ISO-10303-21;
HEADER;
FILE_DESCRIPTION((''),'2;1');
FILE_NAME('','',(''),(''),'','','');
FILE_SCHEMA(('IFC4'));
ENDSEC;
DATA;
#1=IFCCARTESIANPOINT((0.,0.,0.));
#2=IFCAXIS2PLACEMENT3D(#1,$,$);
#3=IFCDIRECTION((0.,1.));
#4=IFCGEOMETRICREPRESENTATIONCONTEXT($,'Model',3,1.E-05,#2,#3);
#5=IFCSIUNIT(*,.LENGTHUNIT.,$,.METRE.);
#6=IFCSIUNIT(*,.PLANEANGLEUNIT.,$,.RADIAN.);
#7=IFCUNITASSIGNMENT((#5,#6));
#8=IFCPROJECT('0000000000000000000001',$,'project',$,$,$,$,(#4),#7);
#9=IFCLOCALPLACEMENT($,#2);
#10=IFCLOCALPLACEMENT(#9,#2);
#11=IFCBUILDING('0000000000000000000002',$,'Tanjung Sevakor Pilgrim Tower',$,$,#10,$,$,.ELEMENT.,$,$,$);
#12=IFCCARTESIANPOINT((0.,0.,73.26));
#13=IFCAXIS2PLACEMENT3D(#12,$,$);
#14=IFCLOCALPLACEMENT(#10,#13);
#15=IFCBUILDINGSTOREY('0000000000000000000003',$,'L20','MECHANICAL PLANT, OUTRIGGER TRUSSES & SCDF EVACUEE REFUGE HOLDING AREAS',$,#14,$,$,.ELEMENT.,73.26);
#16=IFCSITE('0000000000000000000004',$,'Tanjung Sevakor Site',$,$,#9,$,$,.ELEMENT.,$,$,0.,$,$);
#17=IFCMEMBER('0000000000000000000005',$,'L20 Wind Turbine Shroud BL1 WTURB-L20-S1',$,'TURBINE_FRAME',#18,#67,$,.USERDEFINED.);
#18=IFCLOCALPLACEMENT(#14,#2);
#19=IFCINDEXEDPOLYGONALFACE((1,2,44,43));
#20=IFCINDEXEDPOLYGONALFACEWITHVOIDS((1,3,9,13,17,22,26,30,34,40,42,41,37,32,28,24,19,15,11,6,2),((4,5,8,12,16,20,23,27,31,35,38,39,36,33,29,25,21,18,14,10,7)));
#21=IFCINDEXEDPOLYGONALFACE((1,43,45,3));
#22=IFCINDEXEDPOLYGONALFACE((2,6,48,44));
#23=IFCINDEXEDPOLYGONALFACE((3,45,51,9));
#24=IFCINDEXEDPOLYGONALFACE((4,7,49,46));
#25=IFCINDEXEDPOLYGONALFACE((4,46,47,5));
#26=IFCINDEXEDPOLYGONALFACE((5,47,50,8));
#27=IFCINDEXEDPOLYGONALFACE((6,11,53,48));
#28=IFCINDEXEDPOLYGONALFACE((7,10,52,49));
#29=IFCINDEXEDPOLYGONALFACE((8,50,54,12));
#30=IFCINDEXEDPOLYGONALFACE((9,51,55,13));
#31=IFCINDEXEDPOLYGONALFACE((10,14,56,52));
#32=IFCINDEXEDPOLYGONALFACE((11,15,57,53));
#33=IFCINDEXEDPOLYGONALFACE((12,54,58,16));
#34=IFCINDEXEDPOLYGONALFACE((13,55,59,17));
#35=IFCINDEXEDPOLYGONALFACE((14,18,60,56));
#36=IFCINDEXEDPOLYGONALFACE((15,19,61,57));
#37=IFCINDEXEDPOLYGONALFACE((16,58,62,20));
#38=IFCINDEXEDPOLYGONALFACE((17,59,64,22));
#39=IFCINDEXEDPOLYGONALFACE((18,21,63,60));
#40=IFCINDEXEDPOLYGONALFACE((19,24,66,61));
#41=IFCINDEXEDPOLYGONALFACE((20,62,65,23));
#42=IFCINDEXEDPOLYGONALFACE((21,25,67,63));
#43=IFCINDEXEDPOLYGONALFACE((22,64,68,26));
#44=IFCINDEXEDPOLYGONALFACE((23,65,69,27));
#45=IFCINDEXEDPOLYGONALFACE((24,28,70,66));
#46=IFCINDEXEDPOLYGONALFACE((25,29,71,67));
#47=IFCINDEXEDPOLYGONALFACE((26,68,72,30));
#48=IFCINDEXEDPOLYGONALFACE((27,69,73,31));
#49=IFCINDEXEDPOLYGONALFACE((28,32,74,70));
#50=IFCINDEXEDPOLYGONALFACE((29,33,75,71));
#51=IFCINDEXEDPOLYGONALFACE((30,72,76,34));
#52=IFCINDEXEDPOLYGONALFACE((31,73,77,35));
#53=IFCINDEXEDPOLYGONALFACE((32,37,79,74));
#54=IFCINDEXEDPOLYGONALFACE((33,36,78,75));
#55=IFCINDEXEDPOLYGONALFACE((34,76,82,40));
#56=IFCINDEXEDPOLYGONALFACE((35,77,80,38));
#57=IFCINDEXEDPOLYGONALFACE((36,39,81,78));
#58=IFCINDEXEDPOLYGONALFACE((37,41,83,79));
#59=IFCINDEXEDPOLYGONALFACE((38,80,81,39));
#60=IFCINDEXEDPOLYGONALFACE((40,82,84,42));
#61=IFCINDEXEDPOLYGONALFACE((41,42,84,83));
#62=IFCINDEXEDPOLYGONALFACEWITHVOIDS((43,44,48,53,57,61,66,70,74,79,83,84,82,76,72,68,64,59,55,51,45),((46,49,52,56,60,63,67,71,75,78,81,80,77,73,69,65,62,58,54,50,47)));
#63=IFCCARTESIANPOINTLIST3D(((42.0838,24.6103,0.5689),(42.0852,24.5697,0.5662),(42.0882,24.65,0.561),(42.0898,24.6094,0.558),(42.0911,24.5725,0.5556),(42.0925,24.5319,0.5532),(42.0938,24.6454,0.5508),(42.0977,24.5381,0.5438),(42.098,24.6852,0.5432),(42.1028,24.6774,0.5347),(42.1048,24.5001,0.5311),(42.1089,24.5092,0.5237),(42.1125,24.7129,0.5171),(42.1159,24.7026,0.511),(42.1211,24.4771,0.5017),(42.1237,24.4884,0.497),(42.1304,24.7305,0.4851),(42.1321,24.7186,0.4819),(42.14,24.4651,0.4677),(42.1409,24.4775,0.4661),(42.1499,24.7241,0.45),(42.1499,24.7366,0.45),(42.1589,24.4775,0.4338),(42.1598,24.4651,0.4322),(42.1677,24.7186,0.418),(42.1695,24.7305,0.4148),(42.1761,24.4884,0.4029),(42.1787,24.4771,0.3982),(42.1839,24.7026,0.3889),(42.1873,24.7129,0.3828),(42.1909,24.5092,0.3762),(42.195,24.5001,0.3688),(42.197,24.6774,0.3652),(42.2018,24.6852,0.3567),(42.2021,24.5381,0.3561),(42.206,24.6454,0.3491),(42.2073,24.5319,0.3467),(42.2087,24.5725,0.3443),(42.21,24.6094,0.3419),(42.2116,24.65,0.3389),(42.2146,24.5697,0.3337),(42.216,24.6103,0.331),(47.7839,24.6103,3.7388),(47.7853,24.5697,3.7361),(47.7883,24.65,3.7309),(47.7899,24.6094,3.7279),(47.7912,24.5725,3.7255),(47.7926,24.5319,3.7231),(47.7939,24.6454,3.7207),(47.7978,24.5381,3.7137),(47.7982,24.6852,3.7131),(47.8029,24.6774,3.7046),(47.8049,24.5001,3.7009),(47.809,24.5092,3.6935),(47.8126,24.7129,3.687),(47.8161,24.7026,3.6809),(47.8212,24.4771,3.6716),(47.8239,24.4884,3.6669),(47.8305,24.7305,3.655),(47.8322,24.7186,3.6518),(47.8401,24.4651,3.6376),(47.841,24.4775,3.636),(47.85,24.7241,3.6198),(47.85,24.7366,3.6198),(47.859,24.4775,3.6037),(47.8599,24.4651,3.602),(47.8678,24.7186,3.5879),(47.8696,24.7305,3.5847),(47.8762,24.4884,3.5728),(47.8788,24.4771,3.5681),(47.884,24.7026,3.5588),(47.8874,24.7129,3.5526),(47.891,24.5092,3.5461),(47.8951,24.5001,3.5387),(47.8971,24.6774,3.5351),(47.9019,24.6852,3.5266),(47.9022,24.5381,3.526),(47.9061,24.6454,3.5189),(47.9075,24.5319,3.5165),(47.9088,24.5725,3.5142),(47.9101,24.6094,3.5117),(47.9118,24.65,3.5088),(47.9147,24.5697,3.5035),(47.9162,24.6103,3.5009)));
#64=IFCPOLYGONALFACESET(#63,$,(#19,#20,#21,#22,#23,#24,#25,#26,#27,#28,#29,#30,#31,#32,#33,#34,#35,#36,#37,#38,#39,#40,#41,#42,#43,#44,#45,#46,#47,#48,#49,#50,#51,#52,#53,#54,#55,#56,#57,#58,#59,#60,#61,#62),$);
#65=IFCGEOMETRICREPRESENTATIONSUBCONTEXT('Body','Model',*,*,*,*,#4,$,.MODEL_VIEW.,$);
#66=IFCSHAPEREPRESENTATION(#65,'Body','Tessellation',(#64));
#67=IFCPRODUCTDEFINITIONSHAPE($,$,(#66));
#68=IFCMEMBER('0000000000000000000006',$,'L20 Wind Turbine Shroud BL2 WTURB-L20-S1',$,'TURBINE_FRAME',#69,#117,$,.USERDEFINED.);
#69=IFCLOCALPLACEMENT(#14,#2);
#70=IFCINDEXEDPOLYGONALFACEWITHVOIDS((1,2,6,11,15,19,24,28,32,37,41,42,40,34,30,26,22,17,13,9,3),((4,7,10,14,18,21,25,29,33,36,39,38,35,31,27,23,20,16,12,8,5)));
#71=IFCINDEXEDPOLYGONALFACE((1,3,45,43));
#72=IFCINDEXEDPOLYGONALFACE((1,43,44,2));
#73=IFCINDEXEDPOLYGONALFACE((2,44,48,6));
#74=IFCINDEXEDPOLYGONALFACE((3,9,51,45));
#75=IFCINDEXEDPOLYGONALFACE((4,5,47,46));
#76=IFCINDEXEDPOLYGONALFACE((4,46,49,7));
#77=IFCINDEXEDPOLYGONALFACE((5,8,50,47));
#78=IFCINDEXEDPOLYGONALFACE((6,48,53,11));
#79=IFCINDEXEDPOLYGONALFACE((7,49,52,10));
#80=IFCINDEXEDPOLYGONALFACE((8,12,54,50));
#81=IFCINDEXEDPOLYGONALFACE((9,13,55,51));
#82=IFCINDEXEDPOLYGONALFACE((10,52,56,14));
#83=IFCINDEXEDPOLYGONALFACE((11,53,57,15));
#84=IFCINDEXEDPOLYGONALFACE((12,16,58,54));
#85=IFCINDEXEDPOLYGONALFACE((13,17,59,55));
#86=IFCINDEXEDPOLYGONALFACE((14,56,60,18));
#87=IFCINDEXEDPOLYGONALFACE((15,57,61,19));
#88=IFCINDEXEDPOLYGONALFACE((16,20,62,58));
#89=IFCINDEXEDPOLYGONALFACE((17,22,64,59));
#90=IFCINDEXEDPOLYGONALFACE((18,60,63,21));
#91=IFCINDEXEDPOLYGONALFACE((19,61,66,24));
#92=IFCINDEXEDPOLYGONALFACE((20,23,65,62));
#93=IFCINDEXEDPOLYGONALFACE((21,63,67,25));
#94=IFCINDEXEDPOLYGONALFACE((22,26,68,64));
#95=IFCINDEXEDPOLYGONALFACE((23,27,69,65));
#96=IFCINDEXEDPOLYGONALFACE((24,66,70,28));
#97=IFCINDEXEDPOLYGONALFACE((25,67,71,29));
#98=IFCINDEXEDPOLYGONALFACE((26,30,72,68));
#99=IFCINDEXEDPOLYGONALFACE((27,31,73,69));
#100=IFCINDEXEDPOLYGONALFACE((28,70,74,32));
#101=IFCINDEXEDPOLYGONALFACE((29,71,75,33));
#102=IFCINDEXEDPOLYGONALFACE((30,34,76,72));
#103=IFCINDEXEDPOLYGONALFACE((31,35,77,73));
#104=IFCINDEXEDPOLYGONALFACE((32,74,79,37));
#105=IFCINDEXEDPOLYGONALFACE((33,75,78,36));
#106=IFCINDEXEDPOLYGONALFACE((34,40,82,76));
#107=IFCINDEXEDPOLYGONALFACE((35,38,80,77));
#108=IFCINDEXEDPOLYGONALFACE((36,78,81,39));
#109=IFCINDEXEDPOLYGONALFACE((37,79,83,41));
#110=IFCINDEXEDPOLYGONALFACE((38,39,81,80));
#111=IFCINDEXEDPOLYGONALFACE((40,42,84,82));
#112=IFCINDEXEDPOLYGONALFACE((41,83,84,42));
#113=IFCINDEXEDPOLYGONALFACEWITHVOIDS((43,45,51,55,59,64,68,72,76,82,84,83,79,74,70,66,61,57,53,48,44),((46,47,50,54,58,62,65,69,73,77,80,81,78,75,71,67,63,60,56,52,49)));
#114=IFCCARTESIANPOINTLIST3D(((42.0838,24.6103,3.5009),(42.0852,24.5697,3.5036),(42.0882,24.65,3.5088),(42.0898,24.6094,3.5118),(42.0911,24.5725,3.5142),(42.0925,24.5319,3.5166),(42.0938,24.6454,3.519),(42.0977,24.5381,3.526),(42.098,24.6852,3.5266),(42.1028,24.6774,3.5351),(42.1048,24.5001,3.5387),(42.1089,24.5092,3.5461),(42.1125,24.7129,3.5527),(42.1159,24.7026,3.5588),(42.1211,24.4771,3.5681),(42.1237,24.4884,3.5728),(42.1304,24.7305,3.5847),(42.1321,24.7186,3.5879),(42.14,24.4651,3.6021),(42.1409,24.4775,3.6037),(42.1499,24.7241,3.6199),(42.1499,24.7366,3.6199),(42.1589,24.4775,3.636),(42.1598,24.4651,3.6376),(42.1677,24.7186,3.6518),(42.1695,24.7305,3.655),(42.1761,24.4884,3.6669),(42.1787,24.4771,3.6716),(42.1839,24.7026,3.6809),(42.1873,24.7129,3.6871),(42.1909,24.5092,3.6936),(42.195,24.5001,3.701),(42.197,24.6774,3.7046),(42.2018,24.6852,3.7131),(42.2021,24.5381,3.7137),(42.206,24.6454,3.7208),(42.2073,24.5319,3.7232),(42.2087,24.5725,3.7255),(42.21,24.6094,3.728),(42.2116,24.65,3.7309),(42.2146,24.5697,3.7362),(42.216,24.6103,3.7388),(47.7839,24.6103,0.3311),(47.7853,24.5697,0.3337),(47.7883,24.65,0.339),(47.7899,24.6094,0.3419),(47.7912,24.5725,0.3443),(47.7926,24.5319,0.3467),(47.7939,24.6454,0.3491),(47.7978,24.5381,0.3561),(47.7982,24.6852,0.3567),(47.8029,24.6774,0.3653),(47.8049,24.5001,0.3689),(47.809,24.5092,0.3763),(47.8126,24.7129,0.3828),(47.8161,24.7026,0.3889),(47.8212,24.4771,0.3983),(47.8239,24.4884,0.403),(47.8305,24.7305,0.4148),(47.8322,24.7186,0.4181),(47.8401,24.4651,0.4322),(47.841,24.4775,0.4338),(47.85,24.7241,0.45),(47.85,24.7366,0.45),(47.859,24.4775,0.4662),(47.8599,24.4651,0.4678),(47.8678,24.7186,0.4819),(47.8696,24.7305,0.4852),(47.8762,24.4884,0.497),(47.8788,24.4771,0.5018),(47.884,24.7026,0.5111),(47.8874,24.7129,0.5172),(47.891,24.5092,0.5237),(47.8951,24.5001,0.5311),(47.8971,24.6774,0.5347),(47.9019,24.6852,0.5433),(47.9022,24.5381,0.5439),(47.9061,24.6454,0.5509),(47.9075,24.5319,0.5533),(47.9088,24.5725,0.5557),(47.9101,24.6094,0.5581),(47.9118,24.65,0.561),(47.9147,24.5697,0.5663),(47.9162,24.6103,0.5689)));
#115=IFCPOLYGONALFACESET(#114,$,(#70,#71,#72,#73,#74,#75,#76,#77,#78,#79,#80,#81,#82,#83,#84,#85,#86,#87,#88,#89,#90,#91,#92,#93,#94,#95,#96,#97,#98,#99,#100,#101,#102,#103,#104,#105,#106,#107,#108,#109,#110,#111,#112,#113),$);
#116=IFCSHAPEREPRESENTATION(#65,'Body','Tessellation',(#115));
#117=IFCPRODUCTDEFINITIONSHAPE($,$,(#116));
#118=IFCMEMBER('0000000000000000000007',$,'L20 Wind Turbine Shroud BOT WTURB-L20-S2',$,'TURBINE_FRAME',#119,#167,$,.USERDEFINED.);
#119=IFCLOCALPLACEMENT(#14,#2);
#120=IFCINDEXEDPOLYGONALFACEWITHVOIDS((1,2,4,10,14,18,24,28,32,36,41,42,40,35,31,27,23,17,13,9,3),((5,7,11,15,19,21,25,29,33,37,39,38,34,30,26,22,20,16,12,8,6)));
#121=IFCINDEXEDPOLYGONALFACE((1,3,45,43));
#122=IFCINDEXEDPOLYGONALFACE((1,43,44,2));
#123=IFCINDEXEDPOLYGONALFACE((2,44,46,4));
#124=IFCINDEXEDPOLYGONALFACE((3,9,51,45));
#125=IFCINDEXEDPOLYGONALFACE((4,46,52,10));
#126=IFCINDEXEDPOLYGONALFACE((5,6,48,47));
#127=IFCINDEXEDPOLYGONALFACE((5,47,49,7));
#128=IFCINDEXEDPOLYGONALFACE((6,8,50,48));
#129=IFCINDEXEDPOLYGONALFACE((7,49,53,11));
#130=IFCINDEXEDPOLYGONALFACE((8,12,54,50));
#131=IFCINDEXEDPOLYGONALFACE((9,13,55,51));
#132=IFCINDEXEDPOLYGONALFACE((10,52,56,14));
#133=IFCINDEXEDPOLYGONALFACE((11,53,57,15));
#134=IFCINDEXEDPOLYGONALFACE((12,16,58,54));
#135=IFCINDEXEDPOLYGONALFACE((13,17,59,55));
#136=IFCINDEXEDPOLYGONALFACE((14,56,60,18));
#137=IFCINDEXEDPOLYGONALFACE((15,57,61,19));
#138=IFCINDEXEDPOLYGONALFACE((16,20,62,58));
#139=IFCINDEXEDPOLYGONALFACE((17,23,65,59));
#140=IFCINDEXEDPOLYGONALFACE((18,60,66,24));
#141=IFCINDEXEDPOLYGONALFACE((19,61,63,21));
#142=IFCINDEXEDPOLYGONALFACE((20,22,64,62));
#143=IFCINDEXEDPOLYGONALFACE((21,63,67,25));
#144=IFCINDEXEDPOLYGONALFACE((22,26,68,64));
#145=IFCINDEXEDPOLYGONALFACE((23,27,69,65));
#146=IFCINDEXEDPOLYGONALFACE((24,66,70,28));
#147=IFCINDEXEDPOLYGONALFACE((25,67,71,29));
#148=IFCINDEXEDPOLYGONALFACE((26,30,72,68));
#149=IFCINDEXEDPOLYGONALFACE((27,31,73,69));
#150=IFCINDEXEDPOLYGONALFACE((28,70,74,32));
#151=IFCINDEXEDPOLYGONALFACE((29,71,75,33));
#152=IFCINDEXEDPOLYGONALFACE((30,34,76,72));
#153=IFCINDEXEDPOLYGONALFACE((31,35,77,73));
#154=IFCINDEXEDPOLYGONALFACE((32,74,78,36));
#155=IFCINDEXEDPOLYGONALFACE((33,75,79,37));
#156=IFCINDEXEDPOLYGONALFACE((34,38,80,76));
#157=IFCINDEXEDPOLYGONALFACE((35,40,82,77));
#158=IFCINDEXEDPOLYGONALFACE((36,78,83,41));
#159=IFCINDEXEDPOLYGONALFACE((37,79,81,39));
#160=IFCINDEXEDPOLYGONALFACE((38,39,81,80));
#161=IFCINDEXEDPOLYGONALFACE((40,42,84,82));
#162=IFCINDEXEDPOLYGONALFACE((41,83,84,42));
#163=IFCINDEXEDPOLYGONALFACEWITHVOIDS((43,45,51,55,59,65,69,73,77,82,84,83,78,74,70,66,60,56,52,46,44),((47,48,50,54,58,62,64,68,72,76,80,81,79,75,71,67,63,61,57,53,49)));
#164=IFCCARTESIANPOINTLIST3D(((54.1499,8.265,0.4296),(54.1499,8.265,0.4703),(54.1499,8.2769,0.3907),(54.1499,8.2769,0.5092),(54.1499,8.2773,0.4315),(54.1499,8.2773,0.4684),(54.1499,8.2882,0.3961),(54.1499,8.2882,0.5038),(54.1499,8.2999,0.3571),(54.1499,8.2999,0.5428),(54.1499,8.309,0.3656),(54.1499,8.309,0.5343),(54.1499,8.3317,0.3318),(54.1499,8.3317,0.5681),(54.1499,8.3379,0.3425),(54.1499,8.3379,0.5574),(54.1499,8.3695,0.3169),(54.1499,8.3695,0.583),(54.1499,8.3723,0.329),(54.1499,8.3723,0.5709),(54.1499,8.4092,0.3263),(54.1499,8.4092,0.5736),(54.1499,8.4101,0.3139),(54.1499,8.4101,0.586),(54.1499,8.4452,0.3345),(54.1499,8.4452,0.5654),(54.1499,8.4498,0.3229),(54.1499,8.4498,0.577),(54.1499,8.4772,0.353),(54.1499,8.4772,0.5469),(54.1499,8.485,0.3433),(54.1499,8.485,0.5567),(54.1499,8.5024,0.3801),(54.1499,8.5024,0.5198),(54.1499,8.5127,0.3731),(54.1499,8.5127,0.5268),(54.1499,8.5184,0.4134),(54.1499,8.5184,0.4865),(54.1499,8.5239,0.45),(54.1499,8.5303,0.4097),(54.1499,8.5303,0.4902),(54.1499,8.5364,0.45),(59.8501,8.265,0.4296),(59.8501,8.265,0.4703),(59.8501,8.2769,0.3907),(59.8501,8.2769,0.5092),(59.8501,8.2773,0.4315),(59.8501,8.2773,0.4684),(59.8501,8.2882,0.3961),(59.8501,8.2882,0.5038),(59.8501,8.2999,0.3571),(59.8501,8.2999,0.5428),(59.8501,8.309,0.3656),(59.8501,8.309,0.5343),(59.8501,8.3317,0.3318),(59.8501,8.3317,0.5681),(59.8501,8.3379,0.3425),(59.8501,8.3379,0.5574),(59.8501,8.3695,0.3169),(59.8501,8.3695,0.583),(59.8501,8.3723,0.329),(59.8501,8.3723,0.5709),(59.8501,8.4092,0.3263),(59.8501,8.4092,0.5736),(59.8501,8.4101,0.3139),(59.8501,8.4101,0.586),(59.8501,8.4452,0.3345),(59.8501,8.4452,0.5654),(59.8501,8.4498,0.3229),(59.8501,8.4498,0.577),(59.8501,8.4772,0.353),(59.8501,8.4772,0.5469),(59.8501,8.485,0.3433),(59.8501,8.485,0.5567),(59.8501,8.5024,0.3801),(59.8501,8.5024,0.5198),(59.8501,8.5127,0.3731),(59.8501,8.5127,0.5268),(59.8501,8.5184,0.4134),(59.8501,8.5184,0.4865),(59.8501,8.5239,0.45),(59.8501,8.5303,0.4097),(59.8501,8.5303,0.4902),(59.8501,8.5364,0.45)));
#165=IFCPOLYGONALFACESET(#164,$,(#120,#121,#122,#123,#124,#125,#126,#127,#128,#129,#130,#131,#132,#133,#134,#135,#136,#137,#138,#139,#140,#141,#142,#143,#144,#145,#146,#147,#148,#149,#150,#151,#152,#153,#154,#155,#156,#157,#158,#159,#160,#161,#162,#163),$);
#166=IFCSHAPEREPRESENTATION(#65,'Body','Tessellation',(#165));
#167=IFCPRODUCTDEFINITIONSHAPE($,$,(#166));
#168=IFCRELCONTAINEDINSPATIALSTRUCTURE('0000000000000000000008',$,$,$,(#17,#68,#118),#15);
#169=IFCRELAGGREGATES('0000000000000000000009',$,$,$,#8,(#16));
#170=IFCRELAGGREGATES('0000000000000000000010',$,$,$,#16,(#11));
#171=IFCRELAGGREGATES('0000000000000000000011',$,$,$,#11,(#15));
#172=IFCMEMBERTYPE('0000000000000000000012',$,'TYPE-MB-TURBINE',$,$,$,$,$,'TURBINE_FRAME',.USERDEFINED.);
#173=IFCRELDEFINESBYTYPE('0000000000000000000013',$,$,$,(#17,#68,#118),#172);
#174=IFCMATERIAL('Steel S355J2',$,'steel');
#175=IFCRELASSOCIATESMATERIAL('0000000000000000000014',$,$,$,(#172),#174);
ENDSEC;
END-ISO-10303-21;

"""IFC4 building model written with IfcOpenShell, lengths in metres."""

from ifc_helpers import new_model, si_unit, direction, frame, origin, origin_2d, place, context, subcontext, project, spatial, hollow_circle, extrude, material, material_profile, profile_set, type_object, element, save


model = new_model("IFC4")

# Units and contexts
model_context = context("Model", 3, precision=1e-05, world=origin(), true_north=direction((0.0, 1.0)))
body_context = subcontext(model_context, "Body", "Model", "MODEL_VIEW")
ifc_project = project(units=[si_unit("LENGTHUNIT", "METRE"), si_unit("PLANEANGLEUNIT", "RADIAN")], contexts=[model_context])

# Site, building, storey
site_placement = place(None, origin())
site = spatial("IfcSite", under=ifc_project, at=site_placement, Name="Tanjung Sevakor Site", CompositionType="ELEMENT", RefElevation=0.0)
building_placement = place(site_placement, origin())
building = spatial("IfcBuilding", under=site, at=building_placement, Name="Tanjung Sevakor Pilgrim Tower", CompositionType="ELEMENT")
storey_placement = place(building_placement, frame((0.0, 0.0, 73.26)))
storey = spatial("IfcBuildingStorey", under=building, at=storey_placement, Name="L20", Description="MECHANICAL PLANT, OUTRIGGER TRUSSES & SCDF EVACUEE REFUGE HOLDING AREAS", CompositionType="ELEMENT", Elevation=73.26)

# Members
ifc_material_1 = material(Name="Steel S355J2", Category="steel")
ifc_material_profile_1 = material_profile(ifc_material_1, hollow_circle(Radius=0.1365, WallThickness=0.0125, at=origin_2d()))
ifc_profile_set_1 = profile_set([ifc_material_profile_1], Name="Steel S355J2")
member_type = type_object("IfcMemberType", Name="TYPE-MB-TURBINE", ElementType="TURBINE_FRAME", PredefinedType="USERDEFINED", material=ifc_profile_set_1)
for number, where, z_axis, x_axis, name in (
    (1, (42.1499, 24.6001, 0.45), (0.873952, 0.0, 0.486012), (0.0, 1.0, 0.0), "L20 Wind Turbine Shroud BL1 WTURB-L20-S1"),
    (2, (42.1499, 24.6001, 3.6199), (0.873952, 0.0, -0.486012), (0.0, 1.0, 0.0), "L20 Wind Turbine Shroud BL2 WTURB-L20-S1"),
):
    element("IfcMember", number, at=place(storey_placement, frame(where, z_axis=z_axis, x_axis=x_axis)), inside=storey, type_object=member_type, Name=name, ObjectType="TURBINE_FRAME", PredefinedType="USERDEFINED", context=body_context, shape_type="SweptSolid", body=[
        extrude(hollow_circle(Radius=0.1365, WallThickness=0.0125, at=origin_2d()), origin(), (0.0, 0.0, 1.0), 6.5222),
    ])
for number, where, z_axis, x_axis, name in (
    (3, (54.1499, 8.3999, 0.45), (1.0, 0.0, 0.0), (0.0, 1.0, 0.0), "L20 Wind Turbine Shroud BOT WTURB-L20-S2"),
):
    element("IfcMember", number, at=place(storey_placement, frame(where, z_axis=z_axis, x_axis=x_axis)), inside=storey, type_object=member_type, Name=name, ObjectType="TURBINE_FRAME", PredefinedType="USERDEFINED", context=body_context, shape_type="SweptSolid", body=[
        extrude(hollow_circle(Radius=0.1365, WallThickness=0.0125, at=origin_2d()), origin(), (0.0, 0.0, 1.0), 5.7002),
    ])

save(model, "model.ifc")
